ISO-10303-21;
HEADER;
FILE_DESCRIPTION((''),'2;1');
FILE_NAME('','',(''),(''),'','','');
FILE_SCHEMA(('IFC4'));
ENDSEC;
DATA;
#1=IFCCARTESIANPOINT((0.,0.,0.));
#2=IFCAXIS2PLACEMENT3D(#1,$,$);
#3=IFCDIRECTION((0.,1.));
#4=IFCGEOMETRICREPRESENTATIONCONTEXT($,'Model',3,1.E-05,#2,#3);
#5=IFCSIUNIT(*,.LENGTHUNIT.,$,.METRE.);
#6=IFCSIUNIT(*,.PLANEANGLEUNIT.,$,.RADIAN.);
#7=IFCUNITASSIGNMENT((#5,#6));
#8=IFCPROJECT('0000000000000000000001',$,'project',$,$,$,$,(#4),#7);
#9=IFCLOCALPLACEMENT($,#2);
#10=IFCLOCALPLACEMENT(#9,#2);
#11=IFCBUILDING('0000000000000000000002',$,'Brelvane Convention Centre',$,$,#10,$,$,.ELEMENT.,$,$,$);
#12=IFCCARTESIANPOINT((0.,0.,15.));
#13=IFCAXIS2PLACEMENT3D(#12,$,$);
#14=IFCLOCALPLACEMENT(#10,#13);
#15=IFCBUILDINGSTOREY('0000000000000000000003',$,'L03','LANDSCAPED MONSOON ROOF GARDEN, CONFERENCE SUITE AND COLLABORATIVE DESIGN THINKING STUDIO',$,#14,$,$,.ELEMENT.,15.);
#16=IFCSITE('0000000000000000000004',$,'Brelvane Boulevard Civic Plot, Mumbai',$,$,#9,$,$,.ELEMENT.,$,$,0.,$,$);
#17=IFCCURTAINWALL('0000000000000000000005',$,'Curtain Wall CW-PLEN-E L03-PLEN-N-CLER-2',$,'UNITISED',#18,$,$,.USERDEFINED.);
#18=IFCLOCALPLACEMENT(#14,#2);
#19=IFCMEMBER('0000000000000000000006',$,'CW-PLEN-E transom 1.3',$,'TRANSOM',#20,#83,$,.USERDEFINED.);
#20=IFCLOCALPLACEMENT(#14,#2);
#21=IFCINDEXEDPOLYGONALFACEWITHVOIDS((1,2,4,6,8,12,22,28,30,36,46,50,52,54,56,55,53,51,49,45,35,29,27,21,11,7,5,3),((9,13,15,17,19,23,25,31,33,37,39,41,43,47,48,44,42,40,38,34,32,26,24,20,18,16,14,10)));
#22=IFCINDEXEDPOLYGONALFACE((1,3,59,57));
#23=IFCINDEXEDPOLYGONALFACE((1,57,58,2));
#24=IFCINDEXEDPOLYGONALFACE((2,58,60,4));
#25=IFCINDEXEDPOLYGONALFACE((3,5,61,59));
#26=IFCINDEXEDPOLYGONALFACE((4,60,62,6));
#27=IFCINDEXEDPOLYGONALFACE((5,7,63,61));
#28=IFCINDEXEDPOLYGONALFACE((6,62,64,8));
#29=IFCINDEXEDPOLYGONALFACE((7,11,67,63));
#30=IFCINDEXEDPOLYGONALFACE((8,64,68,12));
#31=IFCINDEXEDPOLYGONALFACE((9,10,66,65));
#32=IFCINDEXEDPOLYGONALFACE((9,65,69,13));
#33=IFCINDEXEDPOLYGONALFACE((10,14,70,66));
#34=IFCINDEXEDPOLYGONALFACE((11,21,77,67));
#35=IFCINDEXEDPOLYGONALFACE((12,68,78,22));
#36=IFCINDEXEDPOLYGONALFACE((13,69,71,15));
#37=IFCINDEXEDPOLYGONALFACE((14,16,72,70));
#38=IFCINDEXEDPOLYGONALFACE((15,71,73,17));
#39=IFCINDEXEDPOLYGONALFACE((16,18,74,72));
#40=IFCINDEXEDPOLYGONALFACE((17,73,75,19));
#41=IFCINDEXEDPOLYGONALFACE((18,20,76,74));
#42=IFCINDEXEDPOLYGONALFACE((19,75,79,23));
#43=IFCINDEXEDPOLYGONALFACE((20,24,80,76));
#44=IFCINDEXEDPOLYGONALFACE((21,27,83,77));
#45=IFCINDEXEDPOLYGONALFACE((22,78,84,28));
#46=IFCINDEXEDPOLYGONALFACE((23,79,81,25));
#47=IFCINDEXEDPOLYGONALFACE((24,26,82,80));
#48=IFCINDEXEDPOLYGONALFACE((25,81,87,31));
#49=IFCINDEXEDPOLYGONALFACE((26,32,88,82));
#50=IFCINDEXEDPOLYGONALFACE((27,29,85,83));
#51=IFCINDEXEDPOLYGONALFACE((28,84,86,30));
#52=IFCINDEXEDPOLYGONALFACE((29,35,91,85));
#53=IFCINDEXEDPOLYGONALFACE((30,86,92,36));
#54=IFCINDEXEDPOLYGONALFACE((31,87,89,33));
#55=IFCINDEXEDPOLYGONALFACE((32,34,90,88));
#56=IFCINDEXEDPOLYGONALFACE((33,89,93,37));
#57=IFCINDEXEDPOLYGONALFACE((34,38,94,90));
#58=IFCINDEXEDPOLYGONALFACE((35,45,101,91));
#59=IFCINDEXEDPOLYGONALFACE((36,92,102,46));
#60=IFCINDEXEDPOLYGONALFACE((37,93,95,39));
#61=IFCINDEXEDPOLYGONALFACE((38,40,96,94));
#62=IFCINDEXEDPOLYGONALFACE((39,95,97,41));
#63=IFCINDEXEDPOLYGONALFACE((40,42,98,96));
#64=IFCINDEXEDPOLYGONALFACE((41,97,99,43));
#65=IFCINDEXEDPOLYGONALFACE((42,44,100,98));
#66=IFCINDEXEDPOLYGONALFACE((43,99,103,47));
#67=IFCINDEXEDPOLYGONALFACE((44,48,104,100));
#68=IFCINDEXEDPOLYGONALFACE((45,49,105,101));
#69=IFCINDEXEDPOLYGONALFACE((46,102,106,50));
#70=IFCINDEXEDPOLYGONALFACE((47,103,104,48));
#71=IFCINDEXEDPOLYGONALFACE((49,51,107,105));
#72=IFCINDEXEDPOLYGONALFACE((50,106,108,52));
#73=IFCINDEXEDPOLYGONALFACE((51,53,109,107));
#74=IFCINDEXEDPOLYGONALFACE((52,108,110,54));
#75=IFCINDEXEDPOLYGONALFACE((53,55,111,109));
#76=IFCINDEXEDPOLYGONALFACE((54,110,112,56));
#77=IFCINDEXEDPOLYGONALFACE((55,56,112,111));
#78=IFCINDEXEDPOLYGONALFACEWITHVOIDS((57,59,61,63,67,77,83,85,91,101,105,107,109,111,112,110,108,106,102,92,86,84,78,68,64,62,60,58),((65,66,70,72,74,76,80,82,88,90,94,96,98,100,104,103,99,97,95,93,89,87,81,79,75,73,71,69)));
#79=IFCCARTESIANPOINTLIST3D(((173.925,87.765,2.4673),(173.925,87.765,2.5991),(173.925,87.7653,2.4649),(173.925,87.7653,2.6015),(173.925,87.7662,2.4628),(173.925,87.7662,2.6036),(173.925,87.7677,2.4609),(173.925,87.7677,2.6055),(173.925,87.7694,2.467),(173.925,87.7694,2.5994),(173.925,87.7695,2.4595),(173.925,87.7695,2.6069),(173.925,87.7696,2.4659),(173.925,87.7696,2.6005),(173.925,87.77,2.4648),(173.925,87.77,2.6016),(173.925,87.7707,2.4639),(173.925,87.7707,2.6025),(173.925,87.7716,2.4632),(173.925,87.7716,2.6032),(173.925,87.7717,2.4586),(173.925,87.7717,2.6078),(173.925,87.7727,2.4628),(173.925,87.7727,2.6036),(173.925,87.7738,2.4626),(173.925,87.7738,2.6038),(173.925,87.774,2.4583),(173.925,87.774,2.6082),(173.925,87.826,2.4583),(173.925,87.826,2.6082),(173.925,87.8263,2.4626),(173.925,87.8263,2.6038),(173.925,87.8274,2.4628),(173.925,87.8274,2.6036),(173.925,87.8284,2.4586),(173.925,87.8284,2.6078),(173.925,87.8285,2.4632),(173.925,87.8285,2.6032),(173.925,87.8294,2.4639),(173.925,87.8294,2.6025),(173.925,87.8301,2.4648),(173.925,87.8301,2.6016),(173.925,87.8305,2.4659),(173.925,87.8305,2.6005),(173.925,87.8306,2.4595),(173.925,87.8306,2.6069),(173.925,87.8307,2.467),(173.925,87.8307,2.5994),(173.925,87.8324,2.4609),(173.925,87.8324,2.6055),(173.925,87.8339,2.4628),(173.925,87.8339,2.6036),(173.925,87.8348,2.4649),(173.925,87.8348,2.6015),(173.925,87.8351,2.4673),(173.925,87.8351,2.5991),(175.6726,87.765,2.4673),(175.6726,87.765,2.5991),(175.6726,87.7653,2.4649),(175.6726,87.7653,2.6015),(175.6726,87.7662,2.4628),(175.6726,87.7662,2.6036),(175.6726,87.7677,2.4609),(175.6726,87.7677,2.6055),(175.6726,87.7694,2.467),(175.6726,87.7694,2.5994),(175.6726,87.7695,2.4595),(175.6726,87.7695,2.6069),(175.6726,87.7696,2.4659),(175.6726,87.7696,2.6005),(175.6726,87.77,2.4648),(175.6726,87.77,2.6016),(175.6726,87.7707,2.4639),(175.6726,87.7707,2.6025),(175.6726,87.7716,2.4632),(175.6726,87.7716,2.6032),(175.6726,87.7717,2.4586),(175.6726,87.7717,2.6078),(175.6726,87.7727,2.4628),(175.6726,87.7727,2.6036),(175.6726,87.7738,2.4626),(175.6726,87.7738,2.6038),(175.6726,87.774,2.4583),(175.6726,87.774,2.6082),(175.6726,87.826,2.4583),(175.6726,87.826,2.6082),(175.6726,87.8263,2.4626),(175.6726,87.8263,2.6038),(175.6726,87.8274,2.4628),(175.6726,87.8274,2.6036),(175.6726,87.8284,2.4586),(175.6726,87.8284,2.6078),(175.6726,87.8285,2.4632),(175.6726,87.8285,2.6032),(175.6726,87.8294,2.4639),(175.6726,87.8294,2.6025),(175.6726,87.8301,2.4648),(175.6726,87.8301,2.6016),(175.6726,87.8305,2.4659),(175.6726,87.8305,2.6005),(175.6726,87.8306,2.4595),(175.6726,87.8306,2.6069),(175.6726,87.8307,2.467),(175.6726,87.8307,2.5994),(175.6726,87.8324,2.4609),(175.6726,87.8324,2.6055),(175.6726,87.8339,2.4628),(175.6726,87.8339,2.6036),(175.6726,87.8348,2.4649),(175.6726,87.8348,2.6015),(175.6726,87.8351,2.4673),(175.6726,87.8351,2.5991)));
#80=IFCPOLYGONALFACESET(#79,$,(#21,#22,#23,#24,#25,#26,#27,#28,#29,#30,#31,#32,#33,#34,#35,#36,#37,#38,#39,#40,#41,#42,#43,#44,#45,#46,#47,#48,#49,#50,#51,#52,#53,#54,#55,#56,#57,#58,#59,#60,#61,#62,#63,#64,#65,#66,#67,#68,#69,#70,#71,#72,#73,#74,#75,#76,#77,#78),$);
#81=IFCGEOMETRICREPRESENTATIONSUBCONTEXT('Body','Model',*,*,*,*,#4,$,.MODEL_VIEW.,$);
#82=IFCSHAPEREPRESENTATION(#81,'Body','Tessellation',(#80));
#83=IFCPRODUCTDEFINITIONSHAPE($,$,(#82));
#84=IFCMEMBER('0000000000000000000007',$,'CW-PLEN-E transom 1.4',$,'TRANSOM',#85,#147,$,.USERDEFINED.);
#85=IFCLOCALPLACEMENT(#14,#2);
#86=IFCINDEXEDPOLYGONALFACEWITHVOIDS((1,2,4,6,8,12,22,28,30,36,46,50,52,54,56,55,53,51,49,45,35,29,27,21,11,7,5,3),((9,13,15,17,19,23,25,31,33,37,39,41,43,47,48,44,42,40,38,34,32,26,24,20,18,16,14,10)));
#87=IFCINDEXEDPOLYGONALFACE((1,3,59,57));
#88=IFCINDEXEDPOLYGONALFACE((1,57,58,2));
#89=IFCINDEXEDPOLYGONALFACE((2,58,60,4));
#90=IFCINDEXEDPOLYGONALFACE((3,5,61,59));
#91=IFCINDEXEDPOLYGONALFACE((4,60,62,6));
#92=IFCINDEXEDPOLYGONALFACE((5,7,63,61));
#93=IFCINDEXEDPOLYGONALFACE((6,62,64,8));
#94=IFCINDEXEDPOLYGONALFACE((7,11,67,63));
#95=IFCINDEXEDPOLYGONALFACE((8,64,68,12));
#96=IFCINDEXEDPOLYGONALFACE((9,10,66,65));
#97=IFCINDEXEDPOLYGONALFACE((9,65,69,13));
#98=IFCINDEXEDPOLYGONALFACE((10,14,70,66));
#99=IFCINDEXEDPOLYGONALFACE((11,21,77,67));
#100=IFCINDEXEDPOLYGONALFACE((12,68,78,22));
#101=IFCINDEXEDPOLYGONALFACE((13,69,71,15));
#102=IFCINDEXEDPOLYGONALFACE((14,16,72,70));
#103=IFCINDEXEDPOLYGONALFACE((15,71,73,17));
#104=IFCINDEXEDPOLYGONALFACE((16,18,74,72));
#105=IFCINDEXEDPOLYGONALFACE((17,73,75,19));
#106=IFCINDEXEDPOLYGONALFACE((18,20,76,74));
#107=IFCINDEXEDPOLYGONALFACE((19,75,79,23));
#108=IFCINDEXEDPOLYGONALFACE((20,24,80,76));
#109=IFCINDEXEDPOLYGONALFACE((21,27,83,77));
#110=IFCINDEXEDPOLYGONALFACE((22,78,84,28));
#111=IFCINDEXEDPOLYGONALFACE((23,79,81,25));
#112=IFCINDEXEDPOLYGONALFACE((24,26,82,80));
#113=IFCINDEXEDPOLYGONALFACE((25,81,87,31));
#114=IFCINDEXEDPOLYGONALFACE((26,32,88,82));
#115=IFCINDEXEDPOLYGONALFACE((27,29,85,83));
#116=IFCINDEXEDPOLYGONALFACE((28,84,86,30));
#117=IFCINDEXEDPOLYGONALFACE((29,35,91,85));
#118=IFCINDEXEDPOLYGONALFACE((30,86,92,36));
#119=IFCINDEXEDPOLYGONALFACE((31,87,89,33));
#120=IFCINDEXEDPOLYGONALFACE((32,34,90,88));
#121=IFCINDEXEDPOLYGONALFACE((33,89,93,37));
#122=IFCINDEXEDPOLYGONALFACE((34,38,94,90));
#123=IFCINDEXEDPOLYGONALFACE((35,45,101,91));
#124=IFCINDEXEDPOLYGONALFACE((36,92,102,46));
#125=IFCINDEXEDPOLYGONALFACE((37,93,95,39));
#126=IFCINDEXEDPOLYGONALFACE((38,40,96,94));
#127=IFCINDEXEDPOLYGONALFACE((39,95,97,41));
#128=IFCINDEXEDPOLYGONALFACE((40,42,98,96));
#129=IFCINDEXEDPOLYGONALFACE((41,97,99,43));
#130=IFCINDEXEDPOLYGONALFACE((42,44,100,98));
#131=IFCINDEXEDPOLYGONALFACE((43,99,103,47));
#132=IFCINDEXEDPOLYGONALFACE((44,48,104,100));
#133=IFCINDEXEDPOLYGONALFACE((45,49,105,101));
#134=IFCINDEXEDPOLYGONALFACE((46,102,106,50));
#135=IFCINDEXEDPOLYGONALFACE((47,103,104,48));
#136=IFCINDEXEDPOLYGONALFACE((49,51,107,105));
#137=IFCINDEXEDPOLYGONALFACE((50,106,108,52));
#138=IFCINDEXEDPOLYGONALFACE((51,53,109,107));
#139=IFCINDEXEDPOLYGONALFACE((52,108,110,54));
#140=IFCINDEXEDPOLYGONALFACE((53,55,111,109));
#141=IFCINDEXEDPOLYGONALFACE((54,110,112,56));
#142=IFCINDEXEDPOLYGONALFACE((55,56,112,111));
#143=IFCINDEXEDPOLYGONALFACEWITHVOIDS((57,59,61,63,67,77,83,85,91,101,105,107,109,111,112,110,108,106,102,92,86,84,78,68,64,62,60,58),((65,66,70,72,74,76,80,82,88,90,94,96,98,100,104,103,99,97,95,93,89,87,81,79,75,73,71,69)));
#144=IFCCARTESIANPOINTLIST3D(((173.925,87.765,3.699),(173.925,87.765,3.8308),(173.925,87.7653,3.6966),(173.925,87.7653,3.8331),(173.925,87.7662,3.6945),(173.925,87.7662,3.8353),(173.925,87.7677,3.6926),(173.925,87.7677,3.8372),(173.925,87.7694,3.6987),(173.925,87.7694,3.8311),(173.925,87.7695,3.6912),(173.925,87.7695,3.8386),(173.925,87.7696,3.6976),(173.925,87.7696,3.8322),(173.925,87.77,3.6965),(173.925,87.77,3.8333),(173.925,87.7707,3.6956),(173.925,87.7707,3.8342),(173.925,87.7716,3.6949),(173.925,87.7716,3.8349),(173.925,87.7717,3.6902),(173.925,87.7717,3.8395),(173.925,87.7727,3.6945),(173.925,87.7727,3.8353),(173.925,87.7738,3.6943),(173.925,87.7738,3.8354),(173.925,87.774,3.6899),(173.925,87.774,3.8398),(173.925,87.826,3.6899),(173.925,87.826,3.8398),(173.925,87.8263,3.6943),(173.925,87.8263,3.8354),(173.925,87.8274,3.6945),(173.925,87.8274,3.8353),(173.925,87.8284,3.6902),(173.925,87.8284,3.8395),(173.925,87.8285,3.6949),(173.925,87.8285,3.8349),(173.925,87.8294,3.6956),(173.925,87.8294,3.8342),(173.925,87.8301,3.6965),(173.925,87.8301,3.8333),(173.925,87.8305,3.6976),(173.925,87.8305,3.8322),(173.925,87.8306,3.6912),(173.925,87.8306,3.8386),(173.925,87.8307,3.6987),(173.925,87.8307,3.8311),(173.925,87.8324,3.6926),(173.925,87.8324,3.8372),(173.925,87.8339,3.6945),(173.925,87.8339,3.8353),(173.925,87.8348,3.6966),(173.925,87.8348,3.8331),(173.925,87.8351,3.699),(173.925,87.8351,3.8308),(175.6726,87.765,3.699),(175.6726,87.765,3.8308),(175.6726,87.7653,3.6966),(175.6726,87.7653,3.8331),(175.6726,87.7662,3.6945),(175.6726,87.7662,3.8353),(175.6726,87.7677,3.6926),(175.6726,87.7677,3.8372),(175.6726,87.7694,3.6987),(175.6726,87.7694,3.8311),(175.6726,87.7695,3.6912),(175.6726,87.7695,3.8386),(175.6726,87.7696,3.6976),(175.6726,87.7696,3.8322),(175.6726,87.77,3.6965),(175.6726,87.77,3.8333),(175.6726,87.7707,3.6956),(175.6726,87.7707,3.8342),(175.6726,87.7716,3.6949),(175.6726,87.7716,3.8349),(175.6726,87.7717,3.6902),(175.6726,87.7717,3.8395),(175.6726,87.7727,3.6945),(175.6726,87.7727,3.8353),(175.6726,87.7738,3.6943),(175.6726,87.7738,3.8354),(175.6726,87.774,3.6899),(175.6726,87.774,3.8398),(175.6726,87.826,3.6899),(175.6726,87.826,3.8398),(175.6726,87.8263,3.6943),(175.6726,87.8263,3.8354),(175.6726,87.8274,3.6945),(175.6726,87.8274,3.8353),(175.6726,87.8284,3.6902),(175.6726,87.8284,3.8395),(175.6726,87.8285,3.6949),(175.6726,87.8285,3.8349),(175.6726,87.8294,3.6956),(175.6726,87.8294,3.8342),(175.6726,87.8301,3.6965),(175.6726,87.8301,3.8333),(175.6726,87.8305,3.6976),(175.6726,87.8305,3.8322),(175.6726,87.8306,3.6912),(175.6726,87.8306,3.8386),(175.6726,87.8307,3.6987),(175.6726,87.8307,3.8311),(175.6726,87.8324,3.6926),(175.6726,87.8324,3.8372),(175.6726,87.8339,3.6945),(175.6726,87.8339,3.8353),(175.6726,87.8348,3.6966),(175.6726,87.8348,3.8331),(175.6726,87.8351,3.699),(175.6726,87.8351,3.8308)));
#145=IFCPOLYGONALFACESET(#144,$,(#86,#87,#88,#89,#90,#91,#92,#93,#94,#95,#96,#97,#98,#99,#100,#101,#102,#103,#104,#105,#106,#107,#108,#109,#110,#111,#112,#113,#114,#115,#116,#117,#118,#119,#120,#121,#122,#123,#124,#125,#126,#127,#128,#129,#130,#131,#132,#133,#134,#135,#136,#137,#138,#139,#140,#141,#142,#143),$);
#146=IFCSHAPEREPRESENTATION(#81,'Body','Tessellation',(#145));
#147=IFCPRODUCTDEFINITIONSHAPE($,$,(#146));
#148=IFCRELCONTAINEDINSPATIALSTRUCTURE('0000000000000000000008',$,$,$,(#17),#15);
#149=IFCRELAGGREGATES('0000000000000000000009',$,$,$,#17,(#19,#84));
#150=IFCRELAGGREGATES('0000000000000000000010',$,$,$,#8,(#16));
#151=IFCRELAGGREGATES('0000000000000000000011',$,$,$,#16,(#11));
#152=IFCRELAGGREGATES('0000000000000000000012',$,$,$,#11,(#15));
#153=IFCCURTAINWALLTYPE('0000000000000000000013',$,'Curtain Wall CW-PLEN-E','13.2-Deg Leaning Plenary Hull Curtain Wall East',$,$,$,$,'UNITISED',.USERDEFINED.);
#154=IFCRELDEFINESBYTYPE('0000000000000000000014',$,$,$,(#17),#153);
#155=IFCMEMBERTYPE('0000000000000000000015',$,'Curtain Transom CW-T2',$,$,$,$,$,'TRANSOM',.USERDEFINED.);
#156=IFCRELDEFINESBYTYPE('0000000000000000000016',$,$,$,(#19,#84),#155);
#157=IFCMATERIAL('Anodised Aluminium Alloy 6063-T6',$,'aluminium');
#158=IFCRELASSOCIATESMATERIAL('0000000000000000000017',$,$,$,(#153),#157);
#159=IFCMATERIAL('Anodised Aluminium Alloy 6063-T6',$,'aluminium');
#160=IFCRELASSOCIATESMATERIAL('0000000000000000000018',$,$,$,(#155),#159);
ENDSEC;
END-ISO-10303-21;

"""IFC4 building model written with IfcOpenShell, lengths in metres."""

from ifc_helpers import new_model, si_unit, direction, frame, origin, origin_2d, place, context, subcontext, project, spatial, hollow_rectangle, extrude, material, material_profile, profile_set, type_object, element, aggregate, save


model = new_model("IFC4")

# Units and contexts
model_context = context("Model", 3, precision=1e-05, world=origin(), true_north=direction((0.0, 1.0)))
body_context = subcontext(model_context, "Body", "Model", "MODEL_VIEW")
ifc_project = project(units=[si_unit("LENGTHUNIT", "METRE"), si_unit("PLANEANGLEUNIT", "RADIAN")], contexts=[model_context])

# Site, building, storey
site_placement = place(None, origin())
site = spatial("IfcSite", under=ifc_project, at=site_placement, Name="Brelvane Boulevard Civic Plot, Mumbai", CompositionType="ELEMENT", RefElevation=0.0)
building_placement = place(site_placement, origin())
building = spatial("IfcBuilding", under=site, at=building_placement, Name="Brelvane Convention Centre", CompositionType="ELEMENT")
storey_placement = place(building_placement, frame((0.0, 0.0, 15.0)))
storey = spatial("IfcBuildingStorey", under=building, at=storey_placement, Name="L03", Description="LANDSCAPED MONSOON ROOF GARDEN, CONFERENCE SUITE AND COLLABORATIVE DESIGN THINKING STUDIO", CompositionType="ELEMENT", Elevation=15.0)

# Curtain wall
ifc_material_1 = material(Name="Anodised Aluminium Alloy 6063-T6", Category="aluminium")
curtain_wall_type = type_object("IfcCurtainWallType", Name="Curtain Wall CW-PLEN-E", Description="13.2-Deg Leaning Plenary Hull Curtain Wall East", ElementType="UNITISED", PredefinedType="USERDEFINED", material=ifc_material_1)
curtain_wall_1_placement = place(storey_placement, origin())
curtain_wall_1 = element("IfcCurtainWall", 1, at=curtain_wall_1_placement, inside=storey, type_object=curtain_wall_type, Name="Curtain Wall CW-PLEN-E L03-PLEN-N-CLER-2", ObjectType="UNITISED", PredefinedType="USERDEFINED")

# Members
ifc_material_2 = material(Name="Anodised Aluminium Alloy 6063-T6", Category="aluminium")
ifc_material_profile_1 = material_profile(ifc_material_2, hollow_rectangle(XDim=0.0701, YDim=0.1499, WallThickness=0.0044, InnerFilletRadius=0.0044, OuterFilletRadius=0.009, at=origin_2d()), Name="ALU-T 150x70x4.5")
ifc_profile_set_1 = profile_set([ifc_material_profile_1], Name="Anodised Aluminium Alloy 6063-T6")
member_type_1 = type_object("IfcMemberType", Name="Curtain Transom CW-T2", ElementType="TRANSOM", PredefinedType="USERDEFINED", material=ifc_profile_set_1)
member_1_placement = place(storey_placement, frame((173.925, 87.8, 2.5332), z_axis=(1.0, 0.0, 0.0), x_axis=(0.0, 1.0, 0.0)))
member_1 = element("IfcMember", 2, at=member_1_placement, type_object=member_type_1, Name="CW-PLEN-E transom 1.3", ObjectType="TRANSOM", PredefinedType="USERDEFINED", context=body_context, shape_type="SweptSolid", body=[
    extrude(hollow_rectangle(XDim=0.0701, YDim=0.1499, WallThickness=0.0044, InnerFilletRadius=0.0044, OuterFilletRadius=0.009, at=origin_2d()), origin(), (0.0, 0.0, 1.0), 1.7476),
])
member_2_placement = place(storey_placement, frame((173.925, 87.8, 3.7649), z_axis=(1.0, 0.0, 0.0), x_axis=(0.0, 1.0, 0.0)))
member_2 = element("IfcMember", 3, at=member_2_placement, type_object=member_type_1, Name="CW-PLEN-E transom 1.4", ObjectType="TRANSOM", PredefinedType="USERDEFINED", context=body_context, shape_type="SweptSolid", body=[
    extrude(hollow_rectangle(XDim=0.0701, YDim=0.1499, WallThickness=0.0044, InnerFilletRadius=0.0044, OuterFilletRadius=0.009, at=origin_2d()), origin(), (0.0, 0.0, 1.0), 1.7476),
])

aggregate(curtain_wall_1, [member_1, member_2])

save(model, "model.ifc")
